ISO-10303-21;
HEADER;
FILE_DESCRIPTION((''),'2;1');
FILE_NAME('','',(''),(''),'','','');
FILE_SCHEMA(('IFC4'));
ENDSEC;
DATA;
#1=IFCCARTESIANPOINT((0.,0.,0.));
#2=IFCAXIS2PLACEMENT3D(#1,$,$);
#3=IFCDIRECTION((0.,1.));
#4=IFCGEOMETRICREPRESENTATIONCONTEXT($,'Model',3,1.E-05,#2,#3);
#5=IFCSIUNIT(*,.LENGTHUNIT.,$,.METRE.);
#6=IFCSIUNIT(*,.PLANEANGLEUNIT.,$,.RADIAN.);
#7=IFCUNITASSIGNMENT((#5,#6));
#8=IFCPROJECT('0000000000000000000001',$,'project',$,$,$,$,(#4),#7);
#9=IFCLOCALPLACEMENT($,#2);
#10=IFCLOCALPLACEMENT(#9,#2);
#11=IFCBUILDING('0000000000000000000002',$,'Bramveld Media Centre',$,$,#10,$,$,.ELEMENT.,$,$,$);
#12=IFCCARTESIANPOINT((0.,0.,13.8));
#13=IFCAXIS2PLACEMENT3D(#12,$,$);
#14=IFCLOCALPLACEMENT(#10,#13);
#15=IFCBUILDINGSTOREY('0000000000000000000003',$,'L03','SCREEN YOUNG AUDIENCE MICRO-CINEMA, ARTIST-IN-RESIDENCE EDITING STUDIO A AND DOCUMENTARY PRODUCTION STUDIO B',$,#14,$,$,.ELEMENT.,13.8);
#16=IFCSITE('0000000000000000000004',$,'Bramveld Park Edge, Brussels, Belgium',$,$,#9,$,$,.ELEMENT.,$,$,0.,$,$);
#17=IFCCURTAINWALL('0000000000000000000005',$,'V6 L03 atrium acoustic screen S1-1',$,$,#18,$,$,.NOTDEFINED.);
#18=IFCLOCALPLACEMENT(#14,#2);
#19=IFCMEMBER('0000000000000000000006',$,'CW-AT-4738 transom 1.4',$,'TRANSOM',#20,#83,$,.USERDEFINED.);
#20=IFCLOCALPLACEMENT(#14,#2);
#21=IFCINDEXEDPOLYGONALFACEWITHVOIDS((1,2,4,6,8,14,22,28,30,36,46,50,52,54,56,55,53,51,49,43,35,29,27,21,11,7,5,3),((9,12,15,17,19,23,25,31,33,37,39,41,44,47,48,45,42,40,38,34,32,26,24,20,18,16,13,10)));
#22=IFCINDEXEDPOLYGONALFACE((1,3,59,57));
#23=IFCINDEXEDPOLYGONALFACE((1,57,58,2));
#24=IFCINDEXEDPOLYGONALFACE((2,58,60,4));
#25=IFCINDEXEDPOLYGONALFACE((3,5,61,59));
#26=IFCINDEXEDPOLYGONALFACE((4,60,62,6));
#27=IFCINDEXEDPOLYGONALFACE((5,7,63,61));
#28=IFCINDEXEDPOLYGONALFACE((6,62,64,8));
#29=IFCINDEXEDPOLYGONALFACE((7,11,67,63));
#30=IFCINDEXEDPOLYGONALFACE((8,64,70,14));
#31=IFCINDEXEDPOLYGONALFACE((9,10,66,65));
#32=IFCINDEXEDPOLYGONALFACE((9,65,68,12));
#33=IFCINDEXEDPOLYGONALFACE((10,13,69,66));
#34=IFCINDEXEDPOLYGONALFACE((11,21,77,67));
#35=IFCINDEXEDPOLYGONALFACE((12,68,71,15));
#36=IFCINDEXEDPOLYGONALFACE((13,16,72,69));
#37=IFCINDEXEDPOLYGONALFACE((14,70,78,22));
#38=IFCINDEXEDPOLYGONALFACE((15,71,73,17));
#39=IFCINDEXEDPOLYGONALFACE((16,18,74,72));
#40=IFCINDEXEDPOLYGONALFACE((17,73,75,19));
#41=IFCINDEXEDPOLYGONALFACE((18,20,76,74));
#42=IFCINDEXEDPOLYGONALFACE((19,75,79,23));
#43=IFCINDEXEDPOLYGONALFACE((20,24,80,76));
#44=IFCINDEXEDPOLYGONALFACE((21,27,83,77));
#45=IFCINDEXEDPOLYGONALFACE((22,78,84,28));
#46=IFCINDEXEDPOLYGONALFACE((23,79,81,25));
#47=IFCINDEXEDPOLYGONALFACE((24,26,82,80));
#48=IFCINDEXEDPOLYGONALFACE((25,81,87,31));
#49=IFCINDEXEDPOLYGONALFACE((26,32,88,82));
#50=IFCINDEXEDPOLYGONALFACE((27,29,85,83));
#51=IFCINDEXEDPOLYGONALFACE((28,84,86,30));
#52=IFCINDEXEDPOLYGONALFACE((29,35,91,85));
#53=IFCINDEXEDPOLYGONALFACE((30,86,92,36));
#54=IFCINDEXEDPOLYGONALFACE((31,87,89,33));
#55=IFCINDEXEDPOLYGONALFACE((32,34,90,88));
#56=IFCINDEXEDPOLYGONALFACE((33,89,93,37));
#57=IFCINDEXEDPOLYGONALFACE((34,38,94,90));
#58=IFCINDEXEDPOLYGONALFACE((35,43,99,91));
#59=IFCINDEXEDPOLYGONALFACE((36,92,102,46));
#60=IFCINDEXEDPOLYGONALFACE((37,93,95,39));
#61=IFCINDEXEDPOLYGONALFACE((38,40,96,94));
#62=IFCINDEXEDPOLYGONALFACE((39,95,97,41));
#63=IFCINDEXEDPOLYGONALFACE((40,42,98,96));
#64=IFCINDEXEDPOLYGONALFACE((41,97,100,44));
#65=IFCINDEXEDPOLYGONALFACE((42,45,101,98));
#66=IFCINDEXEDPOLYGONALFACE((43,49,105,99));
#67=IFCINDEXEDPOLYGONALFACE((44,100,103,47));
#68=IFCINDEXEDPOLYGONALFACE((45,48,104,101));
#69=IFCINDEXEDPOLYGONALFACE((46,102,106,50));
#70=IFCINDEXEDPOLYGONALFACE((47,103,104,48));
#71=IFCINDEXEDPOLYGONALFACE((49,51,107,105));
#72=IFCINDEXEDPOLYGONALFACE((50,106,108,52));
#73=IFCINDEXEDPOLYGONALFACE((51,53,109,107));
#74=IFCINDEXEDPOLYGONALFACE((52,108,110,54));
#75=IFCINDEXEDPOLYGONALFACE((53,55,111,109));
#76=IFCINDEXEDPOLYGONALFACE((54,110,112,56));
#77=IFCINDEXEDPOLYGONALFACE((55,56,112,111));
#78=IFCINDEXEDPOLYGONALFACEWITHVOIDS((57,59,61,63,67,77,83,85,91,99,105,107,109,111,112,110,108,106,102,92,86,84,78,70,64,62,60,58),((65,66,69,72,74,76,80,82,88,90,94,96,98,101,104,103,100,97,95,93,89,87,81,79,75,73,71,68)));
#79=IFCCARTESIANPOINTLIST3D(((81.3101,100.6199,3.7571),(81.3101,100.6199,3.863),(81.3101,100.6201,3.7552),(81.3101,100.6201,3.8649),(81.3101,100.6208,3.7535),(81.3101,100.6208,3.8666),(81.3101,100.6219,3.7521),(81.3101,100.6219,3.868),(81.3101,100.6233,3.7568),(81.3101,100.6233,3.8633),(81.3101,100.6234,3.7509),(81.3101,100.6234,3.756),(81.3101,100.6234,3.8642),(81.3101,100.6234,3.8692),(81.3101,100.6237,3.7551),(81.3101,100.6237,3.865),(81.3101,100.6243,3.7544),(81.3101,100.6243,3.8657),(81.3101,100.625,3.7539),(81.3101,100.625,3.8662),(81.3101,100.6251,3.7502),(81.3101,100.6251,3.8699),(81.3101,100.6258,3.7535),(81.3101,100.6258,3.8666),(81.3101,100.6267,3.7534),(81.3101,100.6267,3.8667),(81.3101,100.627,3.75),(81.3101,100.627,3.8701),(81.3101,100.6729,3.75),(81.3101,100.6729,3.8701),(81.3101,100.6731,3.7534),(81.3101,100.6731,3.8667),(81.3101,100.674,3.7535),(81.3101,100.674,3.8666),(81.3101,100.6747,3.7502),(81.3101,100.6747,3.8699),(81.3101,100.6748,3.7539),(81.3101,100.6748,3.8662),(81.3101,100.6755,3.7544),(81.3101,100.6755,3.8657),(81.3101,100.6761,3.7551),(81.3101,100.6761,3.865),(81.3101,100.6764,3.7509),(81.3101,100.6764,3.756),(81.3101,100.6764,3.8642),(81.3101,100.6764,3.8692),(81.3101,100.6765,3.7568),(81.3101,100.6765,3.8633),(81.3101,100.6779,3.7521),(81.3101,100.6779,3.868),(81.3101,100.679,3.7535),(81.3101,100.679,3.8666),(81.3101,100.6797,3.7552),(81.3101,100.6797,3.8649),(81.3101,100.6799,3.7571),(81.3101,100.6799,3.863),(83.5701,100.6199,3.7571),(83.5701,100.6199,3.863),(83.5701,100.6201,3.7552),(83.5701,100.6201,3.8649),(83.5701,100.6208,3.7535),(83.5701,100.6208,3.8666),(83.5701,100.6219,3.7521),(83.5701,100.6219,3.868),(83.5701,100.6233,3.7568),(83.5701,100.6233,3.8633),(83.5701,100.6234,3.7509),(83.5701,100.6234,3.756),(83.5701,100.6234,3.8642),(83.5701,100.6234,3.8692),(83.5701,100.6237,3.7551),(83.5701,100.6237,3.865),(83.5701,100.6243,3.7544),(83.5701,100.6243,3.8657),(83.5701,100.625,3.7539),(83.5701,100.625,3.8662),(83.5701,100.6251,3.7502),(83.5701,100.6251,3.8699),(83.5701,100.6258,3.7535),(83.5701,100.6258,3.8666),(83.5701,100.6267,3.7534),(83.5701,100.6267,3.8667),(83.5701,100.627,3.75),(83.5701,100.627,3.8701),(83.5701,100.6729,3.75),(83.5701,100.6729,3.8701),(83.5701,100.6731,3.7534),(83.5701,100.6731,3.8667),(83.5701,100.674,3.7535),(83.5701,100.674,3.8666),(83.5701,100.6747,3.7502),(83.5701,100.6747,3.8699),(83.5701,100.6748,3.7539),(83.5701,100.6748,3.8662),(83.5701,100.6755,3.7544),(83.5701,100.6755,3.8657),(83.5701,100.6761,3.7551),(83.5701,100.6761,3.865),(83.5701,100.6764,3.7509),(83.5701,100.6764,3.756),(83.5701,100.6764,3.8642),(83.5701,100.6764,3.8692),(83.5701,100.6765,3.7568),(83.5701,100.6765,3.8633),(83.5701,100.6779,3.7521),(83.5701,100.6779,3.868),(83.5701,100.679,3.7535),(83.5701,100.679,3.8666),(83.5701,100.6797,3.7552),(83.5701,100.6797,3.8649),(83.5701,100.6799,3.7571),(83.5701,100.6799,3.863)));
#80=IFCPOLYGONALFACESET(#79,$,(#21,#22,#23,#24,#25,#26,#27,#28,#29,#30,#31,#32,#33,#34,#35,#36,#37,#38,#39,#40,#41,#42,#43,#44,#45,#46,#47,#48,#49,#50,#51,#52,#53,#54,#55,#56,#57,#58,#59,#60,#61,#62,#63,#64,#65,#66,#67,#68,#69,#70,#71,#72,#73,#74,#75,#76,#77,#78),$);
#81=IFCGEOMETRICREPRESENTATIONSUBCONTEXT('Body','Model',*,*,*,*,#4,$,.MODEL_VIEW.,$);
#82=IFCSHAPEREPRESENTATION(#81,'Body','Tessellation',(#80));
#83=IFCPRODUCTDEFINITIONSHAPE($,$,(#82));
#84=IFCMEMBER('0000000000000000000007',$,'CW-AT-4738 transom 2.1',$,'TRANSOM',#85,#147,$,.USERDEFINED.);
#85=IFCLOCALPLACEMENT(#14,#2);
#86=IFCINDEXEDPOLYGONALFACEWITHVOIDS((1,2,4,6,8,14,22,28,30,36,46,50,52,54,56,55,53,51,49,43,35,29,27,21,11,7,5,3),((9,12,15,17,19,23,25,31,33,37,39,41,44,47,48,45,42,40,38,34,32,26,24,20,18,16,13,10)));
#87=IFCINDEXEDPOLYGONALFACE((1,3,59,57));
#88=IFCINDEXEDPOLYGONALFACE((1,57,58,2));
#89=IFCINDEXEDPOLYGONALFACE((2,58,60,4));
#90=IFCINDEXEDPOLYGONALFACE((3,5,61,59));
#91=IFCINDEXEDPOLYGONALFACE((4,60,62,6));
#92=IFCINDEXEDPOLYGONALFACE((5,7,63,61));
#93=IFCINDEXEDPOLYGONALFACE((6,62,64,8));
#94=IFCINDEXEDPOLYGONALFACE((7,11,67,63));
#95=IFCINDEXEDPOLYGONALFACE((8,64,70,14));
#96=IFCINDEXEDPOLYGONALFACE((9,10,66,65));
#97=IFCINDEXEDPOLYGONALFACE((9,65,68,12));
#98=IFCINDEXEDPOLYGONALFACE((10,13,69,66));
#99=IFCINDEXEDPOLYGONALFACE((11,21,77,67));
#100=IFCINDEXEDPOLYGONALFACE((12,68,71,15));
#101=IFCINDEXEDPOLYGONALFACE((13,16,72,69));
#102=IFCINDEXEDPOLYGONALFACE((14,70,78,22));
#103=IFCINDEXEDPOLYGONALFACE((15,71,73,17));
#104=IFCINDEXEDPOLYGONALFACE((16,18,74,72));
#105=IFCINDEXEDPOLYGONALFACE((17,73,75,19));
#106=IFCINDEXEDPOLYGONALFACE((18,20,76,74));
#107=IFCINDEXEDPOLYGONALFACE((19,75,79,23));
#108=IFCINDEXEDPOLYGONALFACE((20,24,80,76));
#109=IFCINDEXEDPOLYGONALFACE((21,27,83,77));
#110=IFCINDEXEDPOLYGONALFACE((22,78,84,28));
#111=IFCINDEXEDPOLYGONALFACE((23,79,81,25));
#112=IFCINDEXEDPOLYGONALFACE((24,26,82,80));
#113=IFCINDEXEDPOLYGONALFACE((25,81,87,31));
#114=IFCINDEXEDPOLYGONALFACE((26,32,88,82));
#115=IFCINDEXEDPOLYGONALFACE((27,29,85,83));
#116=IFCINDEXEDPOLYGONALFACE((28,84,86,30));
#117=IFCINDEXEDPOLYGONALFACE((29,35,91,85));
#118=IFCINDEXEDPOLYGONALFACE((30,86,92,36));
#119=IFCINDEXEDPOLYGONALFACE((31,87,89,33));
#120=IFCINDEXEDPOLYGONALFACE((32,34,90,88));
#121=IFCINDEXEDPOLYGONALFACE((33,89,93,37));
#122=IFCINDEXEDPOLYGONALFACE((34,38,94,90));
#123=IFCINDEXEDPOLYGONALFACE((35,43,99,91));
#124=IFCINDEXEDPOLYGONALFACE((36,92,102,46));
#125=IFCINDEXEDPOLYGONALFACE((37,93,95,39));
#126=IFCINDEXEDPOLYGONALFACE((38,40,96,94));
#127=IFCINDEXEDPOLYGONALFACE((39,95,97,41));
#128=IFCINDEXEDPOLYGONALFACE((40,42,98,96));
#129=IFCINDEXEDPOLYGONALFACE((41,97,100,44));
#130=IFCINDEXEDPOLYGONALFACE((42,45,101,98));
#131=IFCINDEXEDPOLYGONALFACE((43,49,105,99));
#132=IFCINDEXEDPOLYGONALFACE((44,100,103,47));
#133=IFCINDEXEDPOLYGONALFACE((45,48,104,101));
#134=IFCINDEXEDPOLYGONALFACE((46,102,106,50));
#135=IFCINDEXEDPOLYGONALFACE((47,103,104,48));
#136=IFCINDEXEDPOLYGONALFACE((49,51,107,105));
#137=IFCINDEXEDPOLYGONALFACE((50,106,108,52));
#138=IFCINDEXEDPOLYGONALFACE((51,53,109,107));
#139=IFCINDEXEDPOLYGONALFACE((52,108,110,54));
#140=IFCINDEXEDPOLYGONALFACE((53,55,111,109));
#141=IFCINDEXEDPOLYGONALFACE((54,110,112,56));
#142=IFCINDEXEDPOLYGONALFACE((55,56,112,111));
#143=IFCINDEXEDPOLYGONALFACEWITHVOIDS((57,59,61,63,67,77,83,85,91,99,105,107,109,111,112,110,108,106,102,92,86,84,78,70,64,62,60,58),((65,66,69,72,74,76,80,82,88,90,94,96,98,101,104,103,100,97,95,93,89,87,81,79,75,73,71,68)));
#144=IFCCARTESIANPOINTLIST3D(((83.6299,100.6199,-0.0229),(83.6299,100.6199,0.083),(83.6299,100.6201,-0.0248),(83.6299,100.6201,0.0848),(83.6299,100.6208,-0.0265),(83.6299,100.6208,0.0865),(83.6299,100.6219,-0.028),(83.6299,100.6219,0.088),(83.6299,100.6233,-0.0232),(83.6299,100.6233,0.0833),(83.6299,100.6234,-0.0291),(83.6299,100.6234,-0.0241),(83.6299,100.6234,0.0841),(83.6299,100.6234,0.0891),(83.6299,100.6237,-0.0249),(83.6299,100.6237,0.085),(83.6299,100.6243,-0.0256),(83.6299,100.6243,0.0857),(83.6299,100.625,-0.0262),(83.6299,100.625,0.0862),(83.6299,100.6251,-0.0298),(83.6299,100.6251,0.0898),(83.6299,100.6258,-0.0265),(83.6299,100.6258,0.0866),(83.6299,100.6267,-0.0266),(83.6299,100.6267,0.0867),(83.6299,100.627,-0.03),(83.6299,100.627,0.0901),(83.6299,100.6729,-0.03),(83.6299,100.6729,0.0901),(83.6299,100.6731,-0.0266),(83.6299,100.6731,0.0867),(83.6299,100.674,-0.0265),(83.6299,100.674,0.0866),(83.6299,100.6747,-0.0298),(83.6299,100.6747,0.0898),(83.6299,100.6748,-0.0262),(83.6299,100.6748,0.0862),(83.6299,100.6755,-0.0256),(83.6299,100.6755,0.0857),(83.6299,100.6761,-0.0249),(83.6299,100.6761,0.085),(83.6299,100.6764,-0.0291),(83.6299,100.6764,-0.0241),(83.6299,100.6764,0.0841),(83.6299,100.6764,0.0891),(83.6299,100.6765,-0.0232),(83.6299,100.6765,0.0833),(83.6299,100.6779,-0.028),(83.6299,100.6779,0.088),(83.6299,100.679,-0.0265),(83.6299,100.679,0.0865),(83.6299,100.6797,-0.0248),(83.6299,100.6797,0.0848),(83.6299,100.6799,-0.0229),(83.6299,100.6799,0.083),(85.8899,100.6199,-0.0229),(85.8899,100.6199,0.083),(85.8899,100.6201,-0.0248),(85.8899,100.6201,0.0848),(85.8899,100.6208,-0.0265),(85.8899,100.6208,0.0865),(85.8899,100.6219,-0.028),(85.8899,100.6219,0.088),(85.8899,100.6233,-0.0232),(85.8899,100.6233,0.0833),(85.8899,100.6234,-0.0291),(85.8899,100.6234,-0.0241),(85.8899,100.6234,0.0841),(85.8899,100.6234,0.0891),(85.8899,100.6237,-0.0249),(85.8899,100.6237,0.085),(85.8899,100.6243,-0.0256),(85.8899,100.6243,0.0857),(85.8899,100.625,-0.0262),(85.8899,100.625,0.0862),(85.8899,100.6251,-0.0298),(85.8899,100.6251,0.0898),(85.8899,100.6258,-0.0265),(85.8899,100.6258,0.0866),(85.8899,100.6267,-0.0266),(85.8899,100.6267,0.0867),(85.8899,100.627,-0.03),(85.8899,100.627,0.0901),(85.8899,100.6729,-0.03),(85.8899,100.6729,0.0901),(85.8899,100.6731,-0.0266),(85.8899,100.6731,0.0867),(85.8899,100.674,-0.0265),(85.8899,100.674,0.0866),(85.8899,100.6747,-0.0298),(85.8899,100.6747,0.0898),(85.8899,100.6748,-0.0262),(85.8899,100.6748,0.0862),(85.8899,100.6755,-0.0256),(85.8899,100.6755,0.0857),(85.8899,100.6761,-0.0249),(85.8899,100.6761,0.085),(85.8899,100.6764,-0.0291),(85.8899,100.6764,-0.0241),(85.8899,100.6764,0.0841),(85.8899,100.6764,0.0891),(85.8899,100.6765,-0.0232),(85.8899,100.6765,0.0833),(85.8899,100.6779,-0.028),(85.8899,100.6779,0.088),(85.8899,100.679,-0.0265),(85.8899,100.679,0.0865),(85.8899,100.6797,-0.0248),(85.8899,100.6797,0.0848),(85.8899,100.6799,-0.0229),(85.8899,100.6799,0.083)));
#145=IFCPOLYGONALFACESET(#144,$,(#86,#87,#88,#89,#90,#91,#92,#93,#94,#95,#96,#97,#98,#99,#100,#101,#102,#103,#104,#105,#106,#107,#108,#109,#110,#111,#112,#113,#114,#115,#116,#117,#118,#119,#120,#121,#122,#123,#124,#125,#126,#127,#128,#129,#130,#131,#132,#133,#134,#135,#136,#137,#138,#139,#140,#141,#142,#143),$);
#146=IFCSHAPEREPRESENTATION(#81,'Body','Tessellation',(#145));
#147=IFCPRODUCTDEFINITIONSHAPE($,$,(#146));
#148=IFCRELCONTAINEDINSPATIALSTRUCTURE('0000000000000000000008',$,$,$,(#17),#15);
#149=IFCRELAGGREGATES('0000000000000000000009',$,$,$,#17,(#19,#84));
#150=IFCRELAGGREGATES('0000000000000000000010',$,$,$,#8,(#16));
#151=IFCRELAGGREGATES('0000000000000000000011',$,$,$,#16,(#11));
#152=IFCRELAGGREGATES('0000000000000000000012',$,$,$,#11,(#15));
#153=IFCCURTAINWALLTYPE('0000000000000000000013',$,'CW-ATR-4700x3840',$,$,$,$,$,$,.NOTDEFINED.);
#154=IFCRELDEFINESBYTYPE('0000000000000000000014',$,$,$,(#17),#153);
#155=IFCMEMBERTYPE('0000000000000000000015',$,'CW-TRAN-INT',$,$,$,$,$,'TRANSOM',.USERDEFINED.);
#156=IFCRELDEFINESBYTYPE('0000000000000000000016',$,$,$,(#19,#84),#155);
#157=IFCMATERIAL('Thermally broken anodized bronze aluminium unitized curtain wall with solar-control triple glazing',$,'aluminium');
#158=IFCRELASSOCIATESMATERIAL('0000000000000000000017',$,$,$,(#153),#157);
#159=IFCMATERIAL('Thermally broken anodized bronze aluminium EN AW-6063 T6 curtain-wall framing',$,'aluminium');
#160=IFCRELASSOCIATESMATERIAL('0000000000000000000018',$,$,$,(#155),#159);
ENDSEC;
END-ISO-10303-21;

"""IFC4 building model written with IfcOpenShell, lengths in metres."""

from ifc_helpers import new_model, si_unit, direction, frame, origin, origin_2d, place, context, subcontext, project, spatial, hollow_rectangle, extrude, material, material_profile, profile_set, type_object, element, aggregate, save


model = new_model("IFC4")

# Units and contexts
model_context = context("Model", 3, precision=1e-05, world=origin(), true_north=direction((0.0, 1.0)))
body_context = subcontext(model_context, "Body", "Model", "MODEL_VIEW")
ifc_project = project(units=[si_unit("LENGTHUNIT", "METRE"), si_unit("PLANEANGLEUNIT", "RADIAN")], contexts=[model_context])

# Site, building, storey
site_placement = place(None, origin())
site = spatial("IfcSite", under=ifc_project, at=site_placement, Name="Bramveld Park Edge, Brussels, Belgium", CompositionType="ELEMENT", RefElevation=0.0)
building_placement = place(site_placement, origin())
building = spatial("IfcBuilding", under=site, at=building_placement, Name="Bramveld Media Centre", CompositionType="ELEMENT")
storey_placement = place(building_placement, frame((0.0, 0.0, 13.8)))
storey = spatial("IfcBuildingStorey", under=building, at=storey_placement, Name="L03", Description="SCREEN YOUNG AUDIENCE MICRO-CINEMA, ARTIST-IN-RESIDENCE EDITING STUDIO A AND DOCUMENTARY PRODUCTION STUDIO B", CompositionType="ELEMENT", Elevation=13.8)

# Curtain wall, members
ifc_material_1 = material(Name="Thermally broken anodized bronze aluminium unitized curtain wall with solar-control triple glazing", Category="aluminium")
curtain_wall_type = type_object("IfcCurtainWallType", Name="CW-ATR-4700x3840", PredefinedType="NOTDEFINED", material=ifc_material_1)
curtain_wall_placement = place(storey_placement, origin())
curtain_wall = element("IfcCurtainWall", 1, at=curtain_wall_placement, inside=storey, type_object=curtain_wall_type, Name="V6 L03 atrium acoustic screen S1-1", PredefinedType="NOTDEFINED")
ifc_material_2 = material(Name="Thermally broken anodized bronze aluminium EN AW-6063 T6 curtain-wall framing", Category="aluminium")
ifc_material_profile_1 = material_profile(ifc_material_2, hollow_rectangle(XDim=0.0601, YDim=0.1201, WallThickness=0.0034, InnerFilletRadius=0.0034, OuterFilletRadius=0.0071, at=origin_2d()), Name="AL-TRAN 60x120")
ifc_profile_set_1 = profile_set([ifc_material_profile_1], Name="Thermally broken anodized bronze aluminium EN AW-6063 T6 curtain-wall framing")
member_type_1 = type_object("IfcMemberType", Name="CW-TRAN-INT", ElementType="TRANSOM", PredefinedType="USERDEFINED", material=ifc_profile_set_1)
member_1_placement = place(storey_placement, frame((81.3101, 100.6499, 3.8101), z_axis=(1.0, 0.0, 0.0), x_axis=(0.0, 1.0, 0.0)))
member_1 = element("IfcMember", 2, at=member_1_placement, type_object=member_type_1, Name="CW-AT-4738 transom 1.4", ObjectType="TRANSOM", PredefinedType="USERDEFINED", context=body_context, shape_type="SweptSolid", body=[
    extrude(hollow_rectangle(XDim=0.0601, YDim=0.1201, WallThickness=0.0034, InnerFilletRadius=0.0034, OuterFilletRadius=0.0071, at=origin_2d()), origin(), (0.0, 0.0, 1.0), 2.26),
])
member_2_placement = place(storey_placement, frame((83.6299, 100.6499, 0.03), z_axis=(1.0, 0.0, 0.0), x_axis=(0.0, 1.0, 0.0)))
member_2 = element("IfcMember", 3, at=member_2_placement, type_object=member_type_1, Name="CW-AT-4738 transom 2.1", ObjectType="TRANSOM", PredefinedType="USERDEFINED", context=body_context, shape_type="SweptSolid", body=[
    extrude(hollow_rectangle(XDim=0.0601, YDim=0.1201, WallThickness=0.0034, InnerFilletRadius=0.0034, OuterFilletRadius=0.0071, at=origin_2d()), origin(), (0.0, 0.0, 1.0), 2.26),
])
aggregate(curtain_wall, [member_1, member_2])

save(model, "model.ifc")
